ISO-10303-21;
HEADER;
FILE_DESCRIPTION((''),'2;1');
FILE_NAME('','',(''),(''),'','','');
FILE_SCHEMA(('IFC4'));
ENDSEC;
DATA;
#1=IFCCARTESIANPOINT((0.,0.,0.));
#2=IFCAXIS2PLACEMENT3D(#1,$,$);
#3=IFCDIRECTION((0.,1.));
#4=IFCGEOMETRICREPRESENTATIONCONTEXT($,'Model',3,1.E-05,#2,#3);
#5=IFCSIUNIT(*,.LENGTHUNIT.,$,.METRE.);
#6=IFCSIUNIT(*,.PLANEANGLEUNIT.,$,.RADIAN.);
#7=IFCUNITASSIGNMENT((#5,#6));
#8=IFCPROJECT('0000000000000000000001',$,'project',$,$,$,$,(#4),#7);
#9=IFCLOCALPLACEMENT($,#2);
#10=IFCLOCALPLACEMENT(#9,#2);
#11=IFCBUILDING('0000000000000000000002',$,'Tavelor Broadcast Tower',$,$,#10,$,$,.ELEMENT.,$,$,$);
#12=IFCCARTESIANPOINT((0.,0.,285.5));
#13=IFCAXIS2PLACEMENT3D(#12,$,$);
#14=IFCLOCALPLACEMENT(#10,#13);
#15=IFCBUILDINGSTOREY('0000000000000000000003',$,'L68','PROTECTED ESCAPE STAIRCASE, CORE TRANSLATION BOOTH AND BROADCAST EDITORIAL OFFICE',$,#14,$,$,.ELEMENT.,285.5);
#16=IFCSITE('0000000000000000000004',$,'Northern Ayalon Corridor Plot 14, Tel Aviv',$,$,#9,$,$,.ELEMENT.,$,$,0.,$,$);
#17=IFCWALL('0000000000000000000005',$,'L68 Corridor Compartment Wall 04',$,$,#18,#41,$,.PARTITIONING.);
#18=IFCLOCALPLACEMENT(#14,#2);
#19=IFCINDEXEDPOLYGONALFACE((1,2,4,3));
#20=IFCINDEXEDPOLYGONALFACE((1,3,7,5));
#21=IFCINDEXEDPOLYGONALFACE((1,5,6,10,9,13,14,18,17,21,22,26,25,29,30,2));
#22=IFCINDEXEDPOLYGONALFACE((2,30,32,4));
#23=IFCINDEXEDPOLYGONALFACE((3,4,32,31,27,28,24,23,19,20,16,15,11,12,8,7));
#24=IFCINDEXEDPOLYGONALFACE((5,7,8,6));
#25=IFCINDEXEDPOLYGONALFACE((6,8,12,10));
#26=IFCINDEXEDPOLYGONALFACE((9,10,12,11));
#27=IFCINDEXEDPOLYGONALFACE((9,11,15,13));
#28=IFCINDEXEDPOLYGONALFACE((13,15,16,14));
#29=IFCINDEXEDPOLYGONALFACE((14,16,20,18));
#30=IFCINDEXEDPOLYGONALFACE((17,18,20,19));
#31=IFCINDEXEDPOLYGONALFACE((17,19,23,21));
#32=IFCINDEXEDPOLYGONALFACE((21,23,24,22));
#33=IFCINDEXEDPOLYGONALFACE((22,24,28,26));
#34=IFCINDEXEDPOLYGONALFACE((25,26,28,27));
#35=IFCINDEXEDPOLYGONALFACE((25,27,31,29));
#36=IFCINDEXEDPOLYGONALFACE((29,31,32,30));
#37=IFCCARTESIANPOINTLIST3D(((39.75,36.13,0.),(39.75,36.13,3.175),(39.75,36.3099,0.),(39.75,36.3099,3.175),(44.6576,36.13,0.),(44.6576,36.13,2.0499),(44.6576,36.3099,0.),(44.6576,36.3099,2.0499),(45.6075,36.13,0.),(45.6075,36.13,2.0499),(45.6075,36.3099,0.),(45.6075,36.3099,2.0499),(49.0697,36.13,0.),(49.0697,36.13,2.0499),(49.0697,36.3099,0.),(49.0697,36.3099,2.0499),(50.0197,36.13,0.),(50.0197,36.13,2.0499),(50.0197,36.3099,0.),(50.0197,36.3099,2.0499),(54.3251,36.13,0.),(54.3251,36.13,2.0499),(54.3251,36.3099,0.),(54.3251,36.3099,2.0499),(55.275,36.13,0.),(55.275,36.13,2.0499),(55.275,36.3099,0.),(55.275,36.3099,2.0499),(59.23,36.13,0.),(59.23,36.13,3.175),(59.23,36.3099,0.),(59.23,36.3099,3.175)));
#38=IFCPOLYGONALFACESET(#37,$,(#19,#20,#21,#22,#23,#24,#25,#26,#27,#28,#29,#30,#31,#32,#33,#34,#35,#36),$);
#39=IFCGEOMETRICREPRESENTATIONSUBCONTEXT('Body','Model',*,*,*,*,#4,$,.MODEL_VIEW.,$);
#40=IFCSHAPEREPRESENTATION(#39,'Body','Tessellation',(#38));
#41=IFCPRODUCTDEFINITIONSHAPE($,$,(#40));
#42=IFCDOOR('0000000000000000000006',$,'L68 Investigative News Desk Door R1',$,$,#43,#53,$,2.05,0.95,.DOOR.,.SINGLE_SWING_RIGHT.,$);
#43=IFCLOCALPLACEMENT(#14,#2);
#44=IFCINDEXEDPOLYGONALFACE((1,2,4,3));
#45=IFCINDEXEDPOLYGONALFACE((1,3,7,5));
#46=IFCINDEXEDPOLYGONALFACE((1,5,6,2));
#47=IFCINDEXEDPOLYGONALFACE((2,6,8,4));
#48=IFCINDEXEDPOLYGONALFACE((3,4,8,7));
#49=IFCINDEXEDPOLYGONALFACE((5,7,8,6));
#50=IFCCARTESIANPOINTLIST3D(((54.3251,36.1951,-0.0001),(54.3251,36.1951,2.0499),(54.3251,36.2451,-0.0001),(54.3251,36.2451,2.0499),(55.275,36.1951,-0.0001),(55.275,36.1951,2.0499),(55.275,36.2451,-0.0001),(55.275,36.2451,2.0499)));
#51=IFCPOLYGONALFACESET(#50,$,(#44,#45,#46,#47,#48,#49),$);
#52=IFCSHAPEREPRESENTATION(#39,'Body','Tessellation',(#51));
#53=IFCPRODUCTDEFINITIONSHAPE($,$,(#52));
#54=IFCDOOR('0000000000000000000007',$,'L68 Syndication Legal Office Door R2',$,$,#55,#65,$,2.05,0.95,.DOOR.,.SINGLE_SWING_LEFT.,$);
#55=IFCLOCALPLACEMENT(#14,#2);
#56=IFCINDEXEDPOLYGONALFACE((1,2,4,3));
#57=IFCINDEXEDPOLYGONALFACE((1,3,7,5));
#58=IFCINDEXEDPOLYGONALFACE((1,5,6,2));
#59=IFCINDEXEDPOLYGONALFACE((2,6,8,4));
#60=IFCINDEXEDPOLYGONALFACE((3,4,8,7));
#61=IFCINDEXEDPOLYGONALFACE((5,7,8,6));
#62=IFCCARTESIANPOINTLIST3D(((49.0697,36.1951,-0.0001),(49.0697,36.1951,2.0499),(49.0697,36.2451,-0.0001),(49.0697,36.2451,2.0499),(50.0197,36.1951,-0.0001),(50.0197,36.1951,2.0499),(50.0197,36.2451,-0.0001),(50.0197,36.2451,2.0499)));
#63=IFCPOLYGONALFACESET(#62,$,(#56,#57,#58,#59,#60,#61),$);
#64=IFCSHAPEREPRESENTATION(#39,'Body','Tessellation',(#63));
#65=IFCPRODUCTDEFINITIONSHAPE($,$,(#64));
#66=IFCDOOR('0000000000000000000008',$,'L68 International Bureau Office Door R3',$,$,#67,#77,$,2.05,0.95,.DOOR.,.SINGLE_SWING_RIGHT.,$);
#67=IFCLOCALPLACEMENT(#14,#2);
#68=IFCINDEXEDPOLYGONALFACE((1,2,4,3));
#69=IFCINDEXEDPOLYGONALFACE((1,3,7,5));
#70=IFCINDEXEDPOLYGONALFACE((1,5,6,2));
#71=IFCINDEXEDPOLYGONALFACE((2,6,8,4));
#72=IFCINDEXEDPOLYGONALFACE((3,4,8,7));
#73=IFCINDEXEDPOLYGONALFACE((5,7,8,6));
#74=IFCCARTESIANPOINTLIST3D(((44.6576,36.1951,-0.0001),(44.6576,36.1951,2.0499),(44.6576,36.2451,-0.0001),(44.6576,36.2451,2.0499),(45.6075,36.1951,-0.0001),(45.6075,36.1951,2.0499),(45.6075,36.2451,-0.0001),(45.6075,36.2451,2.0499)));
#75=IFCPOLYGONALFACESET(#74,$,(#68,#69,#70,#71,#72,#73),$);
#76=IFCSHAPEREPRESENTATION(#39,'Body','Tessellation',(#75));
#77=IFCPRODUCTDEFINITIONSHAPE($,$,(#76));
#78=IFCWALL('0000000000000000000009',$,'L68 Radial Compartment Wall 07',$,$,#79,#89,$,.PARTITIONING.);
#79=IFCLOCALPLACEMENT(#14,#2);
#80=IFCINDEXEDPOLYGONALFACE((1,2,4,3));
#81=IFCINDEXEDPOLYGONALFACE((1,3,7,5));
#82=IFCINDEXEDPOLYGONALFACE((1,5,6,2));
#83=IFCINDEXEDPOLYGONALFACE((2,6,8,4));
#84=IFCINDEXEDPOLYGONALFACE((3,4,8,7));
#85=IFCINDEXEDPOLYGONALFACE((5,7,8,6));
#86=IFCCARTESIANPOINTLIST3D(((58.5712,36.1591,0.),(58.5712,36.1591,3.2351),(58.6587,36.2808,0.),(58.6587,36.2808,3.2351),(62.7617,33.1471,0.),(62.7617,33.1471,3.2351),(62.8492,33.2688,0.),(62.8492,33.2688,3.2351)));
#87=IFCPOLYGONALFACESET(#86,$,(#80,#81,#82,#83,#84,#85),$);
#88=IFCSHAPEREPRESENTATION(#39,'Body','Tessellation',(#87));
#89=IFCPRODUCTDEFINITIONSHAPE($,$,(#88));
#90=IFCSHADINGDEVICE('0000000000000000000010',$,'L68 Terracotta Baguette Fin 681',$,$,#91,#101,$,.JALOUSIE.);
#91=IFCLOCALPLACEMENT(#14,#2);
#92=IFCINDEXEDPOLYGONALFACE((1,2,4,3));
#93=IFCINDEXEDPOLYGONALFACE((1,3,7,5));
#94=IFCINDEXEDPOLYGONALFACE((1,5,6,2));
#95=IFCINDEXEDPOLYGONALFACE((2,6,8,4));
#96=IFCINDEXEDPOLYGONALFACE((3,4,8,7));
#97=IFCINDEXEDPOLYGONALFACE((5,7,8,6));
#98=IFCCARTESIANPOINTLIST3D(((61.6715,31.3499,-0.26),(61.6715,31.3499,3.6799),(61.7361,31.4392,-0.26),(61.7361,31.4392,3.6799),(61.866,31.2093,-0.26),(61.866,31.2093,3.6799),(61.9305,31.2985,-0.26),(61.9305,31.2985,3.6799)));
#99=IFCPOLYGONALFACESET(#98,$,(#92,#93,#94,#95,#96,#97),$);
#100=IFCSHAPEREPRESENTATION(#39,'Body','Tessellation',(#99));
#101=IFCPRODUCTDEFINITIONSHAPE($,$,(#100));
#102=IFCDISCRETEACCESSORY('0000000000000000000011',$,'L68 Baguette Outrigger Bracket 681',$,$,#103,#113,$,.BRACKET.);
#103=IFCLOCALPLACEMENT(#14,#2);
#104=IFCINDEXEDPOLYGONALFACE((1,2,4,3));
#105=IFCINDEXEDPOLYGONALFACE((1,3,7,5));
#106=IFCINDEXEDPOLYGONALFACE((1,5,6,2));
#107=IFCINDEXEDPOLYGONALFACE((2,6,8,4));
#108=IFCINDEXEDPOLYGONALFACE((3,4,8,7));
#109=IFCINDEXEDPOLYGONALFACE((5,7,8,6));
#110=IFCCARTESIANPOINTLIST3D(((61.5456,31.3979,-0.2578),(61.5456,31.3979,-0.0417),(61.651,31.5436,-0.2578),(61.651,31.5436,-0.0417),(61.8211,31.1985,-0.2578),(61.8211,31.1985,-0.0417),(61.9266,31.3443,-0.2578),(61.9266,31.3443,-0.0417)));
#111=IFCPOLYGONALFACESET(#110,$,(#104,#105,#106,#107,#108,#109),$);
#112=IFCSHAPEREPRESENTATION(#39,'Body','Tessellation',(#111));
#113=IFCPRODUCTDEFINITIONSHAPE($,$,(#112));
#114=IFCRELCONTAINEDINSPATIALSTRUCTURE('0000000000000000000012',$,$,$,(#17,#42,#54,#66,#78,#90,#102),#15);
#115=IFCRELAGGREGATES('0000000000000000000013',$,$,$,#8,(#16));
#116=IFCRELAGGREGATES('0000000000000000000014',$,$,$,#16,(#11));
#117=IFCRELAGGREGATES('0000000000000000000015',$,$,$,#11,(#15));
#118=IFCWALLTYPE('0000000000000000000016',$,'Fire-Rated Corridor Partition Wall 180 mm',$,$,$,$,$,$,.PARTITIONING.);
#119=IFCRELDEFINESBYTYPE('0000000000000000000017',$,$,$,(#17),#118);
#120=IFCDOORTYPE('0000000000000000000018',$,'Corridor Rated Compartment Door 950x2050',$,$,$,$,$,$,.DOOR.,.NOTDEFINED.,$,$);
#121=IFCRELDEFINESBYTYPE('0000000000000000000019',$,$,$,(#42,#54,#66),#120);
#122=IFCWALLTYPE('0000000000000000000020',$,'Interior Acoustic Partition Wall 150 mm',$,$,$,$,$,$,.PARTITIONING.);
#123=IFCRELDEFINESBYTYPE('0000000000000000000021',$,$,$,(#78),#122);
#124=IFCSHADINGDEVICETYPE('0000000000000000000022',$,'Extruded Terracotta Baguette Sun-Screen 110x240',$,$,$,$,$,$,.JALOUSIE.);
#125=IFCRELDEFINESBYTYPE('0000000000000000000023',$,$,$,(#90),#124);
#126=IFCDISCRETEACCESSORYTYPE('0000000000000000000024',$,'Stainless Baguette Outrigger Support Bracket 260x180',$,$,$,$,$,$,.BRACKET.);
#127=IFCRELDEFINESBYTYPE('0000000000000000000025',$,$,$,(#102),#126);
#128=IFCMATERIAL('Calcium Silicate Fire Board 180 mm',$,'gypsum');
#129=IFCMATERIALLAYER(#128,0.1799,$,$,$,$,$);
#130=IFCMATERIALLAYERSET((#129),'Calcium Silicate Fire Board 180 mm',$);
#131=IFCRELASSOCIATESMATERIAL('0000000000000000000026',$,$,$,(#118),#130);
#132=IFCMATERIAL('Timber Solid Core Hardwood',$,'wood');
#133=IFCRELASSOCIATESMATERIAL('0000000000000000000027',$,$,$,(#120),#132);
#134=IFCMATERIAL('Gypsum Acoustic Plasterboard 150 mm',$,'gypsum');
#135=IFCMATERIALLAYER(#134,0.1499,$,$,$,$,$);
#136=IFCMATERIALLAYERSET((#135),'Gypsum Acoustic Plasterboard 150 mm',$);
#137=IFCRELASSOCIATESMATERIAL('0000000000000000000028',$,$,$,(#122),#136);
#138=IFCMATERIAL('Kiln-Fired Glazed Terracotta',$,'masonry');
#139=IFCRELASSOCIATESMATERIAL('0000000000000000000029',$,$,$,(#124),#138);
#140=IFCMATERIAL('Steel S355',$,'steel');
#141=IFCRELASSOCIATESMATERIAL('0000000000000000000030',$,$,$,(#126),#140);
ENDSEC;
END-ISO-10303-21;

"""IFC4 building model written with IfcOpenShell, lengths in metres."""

from ifc_helpers import new_model, si_unit, direction, frame, frame_2d, origin, origin_2d, place, context, subcontext, project, spatial, rectangle, extrude, source, transform, mapped, material, layer, layer_set, type_object, type_shapes, element, fill, save


model = new_model("IFC4")

# Units and contexts
model_context = context("Model", 3, precision=1e-05, world=origin(), true_north=direction((0.0, 1.0)))
body_context = subcontext(model_context, "Body", "Model", "MODEL_VIEW")
ifc_project = project(units=[si_unit("LENGTHUNIT", "METRE"), si_unit("PLANEANGLEUNIT", "RADIAN")], contexts=[model_context])

# Site, building, storey
site_placement = place(None, origin())
site = spatial("IfcSite", under=ifc_project, at=site_placement, Name="Northern Ayalon Corridor Plot 14, Tel Aviv", CompositionType="ELEMENT", RefElevation=0.0)
building_placement = place(site_placement, origin())
building = spatial("IfcBuilding", under=site, at=building_placement, Name="Tavelor Broadcast Tower", CompositionType="ELEMENT")
storey_placement = place(building_placement, frame((0.0, 0.0, 285.5)))
storey = spatial("IfcBuildingStorey", under=building, at=storey_placement, Name="L68", Description="PROTECTED ESCAPE STAIRCASE, CORE TRANSLATION BOOTH AND BROADCAST EDITORIAL OFFICE", CompositionType="ELEMENT", Elevation=285.5)

# Shared definitions
ifc_material_1 = material(Name="Steel S355", Category="steel")

# Wall, openings, doors
ifc_material_2 = material(Name="Calcium Silicate Fire Board 180 mm", Category="gypsum")
ifc_layer_1 = layer(ifc_material_2, 0.1799)
ifc_layer_set_1 = layer_set([ifc_layer_1], Name="Calcium Silicate Fire Board 180 mm")
wall_type_1 = type_object("IfcWallType", Name="Fire-Rated Corridor Partition Wall 180 mm", PredefinedType="PARTITIONING", material=ifc_layer_set_1)
wall_1_placement = place(storey_placement, frame((59.23, 36.22, 0.0), z_axis=(0.0, 0.0, 1.0), x_axis=(-1.0, 0.0, 0.0)))
wall_1 = element("IfcWall", 1, at=wall_1_placement, inside=storey, type_object=wall_type_1, Name="L68 Corridor Compartment Wall 04", PredefinedType="PARTITIONING", context=body_context, shape_type="SweptSolid", body=[
    extrude(rectangle(XDim=19.48, YDim=0.1799, at=frame_2d((9.74, 0.0))), origin(), (0.0, 0.0, 1.0), 3.175),
])
opening_1_placement = place(wall_1_placement, frame((3.9548, 0.0, 0.0)))
opening_1 = element("IfcOpeningElement", 2, at=opening_1_placement, cuts=wall_1, PredefinedType="OPENING", context=body_context, shape_type="SweptSolid", body=[
    extrude(rectangle(XDim=0.95, YDim=2.05, at=frame_2d((0.4751, 1.0249))), frame((0.0, 0.1001, 0.0), z_axis=(0.0, -1.0, 0.0), x_axis=(1.0, 0.0, 0.0)), (0.0, 0.0, 1.0), 0.2),
])
opening_2_placement = place(wall_1_placement, frame((9.2102, 0.0, 0.0)))
opening_2 = element("IfcOpeningElement", 3, at=opening_2_placement, cuts=wall_1, PredefinedType="OPENING", context=body_context, shape_type="SweptSolid", body=[
    extrude(rectangle(XDim=0.95, YDim=2.05, at=frame_2d((0.4751, 1.0249))), frame((0.0, 0.1001, 0.0), z_axis=(0.0, -1.0, 0.0), x_axis=(1.0, 0.0, 0.0)), (0.0, 0.0, 1.0), 0.2),
])
opening_3_placement = place(wall_1_placement, frame((13.6223, 0.0, 0.0)))
opening_3 = element("IfcOpeningElement", 4, at=opening_3_placement, cuts=wall_1, PredefinedType="OPENING", context=body_context, shape_type="SweptSolid", body=[
    extrude(rectangle(XDim=0.95, YDim=2.05, at=frame_2d((0.4751, 1.0249))), frame((0.0, 0.1001, 0.0), z_axis=(0.0, -1.0, 0.0), x_axis=(1.0, 0.0, 0.0)), (0.0, 0.0, 1.0), 0.2),
])
ifc_material_3 = material(Name="Timber Solid Core Hardwood", Category="wood")
door_type = type_object("IfcDoorType", Name="Corridor Rated Compartment Door 950x2050", OperationType="NOTDEFINED", PredefinedType="DOOR", material=ifc_material_3)
door_1_placement = place(opening_1_placement, origin())
door_1 = element("IfcDoor", 5, at=door_1_placement, inside=storey, type_object=door_type, Name="L68 Investigative News Desk Door R1", OperationType="SINGLE_SWING_RIGHT", OverallHeight=2.05, OverallWidth=0.95, PredefinedType="DOOR", context=body_context, shape_type="SweptSolid", body=[
    extrude(rectangle(XDim=0.95, YDim=2.05, at=frame_2d((0.4751, 1.0249))), frame((0.0, 0.0249, 0.0), z_axis=(0.0, -1.0, 0.0), x_axis=(1.0, 0.0, 0.0)), (0.0, 0.0, 1.0), 0.05),
])
fill(opening_1, door_1)
door_2_placement = place(opening_2_placement, origin())
door_2 = element("IfcDoor", 6, at=door_2_placement, inside=storey, type_object=door_type, Name="L68 Syndication Legal Office Door R2", OperationType="SINGLE_SWING_LEFT", OverallHeight=2.05, OverallWidth=0.95, PredefinedType="DOOR", context=body_context, shape_type="SweptSolid", body=[
    extrude(rectangle(XDim=0.95, YDim=2.05, at=frame_2d((0.4751, 1.0249))), frame((0.0, 0.0249, 0.0), z_axis=(0.0, -1.0, 0.0), x_axis=(1.0, 0.0, 0.0)), (0.0, 0.0, 1.0), 0.05),
])
fill(opening_2, door_2)
door_3_placement = place(opening_3_placement, origin())
door_3 = element("IfcDoor", 7, at=door_3_placement, inside=storey, type_object=door_type, Name="L68 International Bureau Office Door R3", OperationType="SINGLE_SWING_RIGHT", OverallHeight=2.05, OverallWidth=0.95, PredefinedType="DOOR", context=body_context, shape_type="SweptSolid", body=[
    extrude(rectangle(XDim=0.95, YDim=2.05, at=frame_2d((0.4751, 1.0249))), frame((0.0, 0.0249, 0.0), z_axis=(0.0, -1.0, 0.0), x_axis=(1.0, 0.0, 0.0)), (0.0, 0.0, 1.0), 0.05),
])
fill(opening_3, door_3)

# Wall
ifc_material_4 = material(Name="Gypsum Acoustic Plasterboard 150 mm", Category="gypsum")
ifc_layer_2 = layer(ifc_material_4, 0.1499)
ifc_layer_set_2 = layer_set([ifc_layer_2], Name="Gypsum Acoustic Plasterboard 150 mm")
wall_type_2 = type_object("IfcWallType", Name="Interior Acoustic Partition Wall 150 mm", PredefinedType="PARTITIONING", material=ifc_layer_set_2)
wall_2_placement = place(storey_placement, frame((58.615, 36.22, 0.0), z_axis=(0.0, 0.0, 1.0), x_axis=(0.812007, -0.583648, 0.0)))
element("IfcWall", 8, at=wall_2_placement, inside=storey, type_object=wall_type_2, Name="L68 Radial Compartment Wall 07", PredefinedType="PARTITIONING", context=body_context, shape_type="SweptSolid", body=[
    extrude(rectangle(XDim=5.1606, YDim=0.1499, at=frame_2d((2.5803, 0.0))), origin(), (0.0, 0.0, 1.0), 3.2351),
])

# Shading device
ifc_material_5 = material(Name="Kiln-Fired Glazed Terracotta", Category="masonry")
shading_device_type = type_object("IfcShadingDeviceType", Name="Extruded Terracotta Baguette Sun-Screen 110x240", PredefinedType="JALOUSIE", material=ifc_material_5)
shared_shape_1 = source(origin(), body_context, "Body", "SweptSolid", [
    extrude(rectangle(XDim=0.1101, YDim=0.24, at=origin_2d()), origin(), (0.0, 0.0, 1.0), 3.9399),
])
type_shapes(shading_device_type, [shared_shape_1])
shading_device_placement = place(storey_placement, frame((61.801, 31.3242, -0.26), z_axis=(0.0, 0.0, 1.0), x_axis=(0.58609, 0.810246, 0.0)))
element("IfcShadingDevice", 9, at=shading_device_placement, inside=storey, type_object=shading_device_type, Name="L68 Terracotta Baguette Fin 681", PredefinedType="JALOUSIE", context=body_context, shape_type="MappedRepresentation", body=[
    mapped(shared_shape_1, transform((0.0, 0.0, 0.0), scale=1.0)),
])

# Discrete accessory
discrete_accessory_type = type_object("IfcDiscreteAccessoryType", Name="Stainless Baguette Outrigger Support Bracket 260x180", PredefinedType="BRACKET", material=ifc_material_1)
shared_shape_2 = source(origin(), body_context, "Body", "SweptSolid", [
    extrude(rectangle(XDim=0.1799, YDim=0.3401, at=origin_2d()), origin(), (0.0, 0.0, 1.0), 0.2161),
])
type_shapes(discrete_accessory_type, [shared_shape_2])
discrete_accessory_placement = place(storey_placement, frame((61.7361, 31.3711, -0.2578), z_axis=(0.0, 0.0, 1.0), x_axis=(0.58609, 0.810246, 0.0)))
element("IfcDiscreteAccessory", 10, at=discrete_accessory_placement, inside=storey, type_object=discrete_accessory_type, Name="L68 Baguette Outrigger Bracket 681", PredefinedType="BRACKET", context=body_context, shape_type="MappedRepresentation", body=[
    mapped(shared_shape_2, transform((0.0, 0.0, 0.0), scale=1.0)),
])

save(model, "model.ifc")
